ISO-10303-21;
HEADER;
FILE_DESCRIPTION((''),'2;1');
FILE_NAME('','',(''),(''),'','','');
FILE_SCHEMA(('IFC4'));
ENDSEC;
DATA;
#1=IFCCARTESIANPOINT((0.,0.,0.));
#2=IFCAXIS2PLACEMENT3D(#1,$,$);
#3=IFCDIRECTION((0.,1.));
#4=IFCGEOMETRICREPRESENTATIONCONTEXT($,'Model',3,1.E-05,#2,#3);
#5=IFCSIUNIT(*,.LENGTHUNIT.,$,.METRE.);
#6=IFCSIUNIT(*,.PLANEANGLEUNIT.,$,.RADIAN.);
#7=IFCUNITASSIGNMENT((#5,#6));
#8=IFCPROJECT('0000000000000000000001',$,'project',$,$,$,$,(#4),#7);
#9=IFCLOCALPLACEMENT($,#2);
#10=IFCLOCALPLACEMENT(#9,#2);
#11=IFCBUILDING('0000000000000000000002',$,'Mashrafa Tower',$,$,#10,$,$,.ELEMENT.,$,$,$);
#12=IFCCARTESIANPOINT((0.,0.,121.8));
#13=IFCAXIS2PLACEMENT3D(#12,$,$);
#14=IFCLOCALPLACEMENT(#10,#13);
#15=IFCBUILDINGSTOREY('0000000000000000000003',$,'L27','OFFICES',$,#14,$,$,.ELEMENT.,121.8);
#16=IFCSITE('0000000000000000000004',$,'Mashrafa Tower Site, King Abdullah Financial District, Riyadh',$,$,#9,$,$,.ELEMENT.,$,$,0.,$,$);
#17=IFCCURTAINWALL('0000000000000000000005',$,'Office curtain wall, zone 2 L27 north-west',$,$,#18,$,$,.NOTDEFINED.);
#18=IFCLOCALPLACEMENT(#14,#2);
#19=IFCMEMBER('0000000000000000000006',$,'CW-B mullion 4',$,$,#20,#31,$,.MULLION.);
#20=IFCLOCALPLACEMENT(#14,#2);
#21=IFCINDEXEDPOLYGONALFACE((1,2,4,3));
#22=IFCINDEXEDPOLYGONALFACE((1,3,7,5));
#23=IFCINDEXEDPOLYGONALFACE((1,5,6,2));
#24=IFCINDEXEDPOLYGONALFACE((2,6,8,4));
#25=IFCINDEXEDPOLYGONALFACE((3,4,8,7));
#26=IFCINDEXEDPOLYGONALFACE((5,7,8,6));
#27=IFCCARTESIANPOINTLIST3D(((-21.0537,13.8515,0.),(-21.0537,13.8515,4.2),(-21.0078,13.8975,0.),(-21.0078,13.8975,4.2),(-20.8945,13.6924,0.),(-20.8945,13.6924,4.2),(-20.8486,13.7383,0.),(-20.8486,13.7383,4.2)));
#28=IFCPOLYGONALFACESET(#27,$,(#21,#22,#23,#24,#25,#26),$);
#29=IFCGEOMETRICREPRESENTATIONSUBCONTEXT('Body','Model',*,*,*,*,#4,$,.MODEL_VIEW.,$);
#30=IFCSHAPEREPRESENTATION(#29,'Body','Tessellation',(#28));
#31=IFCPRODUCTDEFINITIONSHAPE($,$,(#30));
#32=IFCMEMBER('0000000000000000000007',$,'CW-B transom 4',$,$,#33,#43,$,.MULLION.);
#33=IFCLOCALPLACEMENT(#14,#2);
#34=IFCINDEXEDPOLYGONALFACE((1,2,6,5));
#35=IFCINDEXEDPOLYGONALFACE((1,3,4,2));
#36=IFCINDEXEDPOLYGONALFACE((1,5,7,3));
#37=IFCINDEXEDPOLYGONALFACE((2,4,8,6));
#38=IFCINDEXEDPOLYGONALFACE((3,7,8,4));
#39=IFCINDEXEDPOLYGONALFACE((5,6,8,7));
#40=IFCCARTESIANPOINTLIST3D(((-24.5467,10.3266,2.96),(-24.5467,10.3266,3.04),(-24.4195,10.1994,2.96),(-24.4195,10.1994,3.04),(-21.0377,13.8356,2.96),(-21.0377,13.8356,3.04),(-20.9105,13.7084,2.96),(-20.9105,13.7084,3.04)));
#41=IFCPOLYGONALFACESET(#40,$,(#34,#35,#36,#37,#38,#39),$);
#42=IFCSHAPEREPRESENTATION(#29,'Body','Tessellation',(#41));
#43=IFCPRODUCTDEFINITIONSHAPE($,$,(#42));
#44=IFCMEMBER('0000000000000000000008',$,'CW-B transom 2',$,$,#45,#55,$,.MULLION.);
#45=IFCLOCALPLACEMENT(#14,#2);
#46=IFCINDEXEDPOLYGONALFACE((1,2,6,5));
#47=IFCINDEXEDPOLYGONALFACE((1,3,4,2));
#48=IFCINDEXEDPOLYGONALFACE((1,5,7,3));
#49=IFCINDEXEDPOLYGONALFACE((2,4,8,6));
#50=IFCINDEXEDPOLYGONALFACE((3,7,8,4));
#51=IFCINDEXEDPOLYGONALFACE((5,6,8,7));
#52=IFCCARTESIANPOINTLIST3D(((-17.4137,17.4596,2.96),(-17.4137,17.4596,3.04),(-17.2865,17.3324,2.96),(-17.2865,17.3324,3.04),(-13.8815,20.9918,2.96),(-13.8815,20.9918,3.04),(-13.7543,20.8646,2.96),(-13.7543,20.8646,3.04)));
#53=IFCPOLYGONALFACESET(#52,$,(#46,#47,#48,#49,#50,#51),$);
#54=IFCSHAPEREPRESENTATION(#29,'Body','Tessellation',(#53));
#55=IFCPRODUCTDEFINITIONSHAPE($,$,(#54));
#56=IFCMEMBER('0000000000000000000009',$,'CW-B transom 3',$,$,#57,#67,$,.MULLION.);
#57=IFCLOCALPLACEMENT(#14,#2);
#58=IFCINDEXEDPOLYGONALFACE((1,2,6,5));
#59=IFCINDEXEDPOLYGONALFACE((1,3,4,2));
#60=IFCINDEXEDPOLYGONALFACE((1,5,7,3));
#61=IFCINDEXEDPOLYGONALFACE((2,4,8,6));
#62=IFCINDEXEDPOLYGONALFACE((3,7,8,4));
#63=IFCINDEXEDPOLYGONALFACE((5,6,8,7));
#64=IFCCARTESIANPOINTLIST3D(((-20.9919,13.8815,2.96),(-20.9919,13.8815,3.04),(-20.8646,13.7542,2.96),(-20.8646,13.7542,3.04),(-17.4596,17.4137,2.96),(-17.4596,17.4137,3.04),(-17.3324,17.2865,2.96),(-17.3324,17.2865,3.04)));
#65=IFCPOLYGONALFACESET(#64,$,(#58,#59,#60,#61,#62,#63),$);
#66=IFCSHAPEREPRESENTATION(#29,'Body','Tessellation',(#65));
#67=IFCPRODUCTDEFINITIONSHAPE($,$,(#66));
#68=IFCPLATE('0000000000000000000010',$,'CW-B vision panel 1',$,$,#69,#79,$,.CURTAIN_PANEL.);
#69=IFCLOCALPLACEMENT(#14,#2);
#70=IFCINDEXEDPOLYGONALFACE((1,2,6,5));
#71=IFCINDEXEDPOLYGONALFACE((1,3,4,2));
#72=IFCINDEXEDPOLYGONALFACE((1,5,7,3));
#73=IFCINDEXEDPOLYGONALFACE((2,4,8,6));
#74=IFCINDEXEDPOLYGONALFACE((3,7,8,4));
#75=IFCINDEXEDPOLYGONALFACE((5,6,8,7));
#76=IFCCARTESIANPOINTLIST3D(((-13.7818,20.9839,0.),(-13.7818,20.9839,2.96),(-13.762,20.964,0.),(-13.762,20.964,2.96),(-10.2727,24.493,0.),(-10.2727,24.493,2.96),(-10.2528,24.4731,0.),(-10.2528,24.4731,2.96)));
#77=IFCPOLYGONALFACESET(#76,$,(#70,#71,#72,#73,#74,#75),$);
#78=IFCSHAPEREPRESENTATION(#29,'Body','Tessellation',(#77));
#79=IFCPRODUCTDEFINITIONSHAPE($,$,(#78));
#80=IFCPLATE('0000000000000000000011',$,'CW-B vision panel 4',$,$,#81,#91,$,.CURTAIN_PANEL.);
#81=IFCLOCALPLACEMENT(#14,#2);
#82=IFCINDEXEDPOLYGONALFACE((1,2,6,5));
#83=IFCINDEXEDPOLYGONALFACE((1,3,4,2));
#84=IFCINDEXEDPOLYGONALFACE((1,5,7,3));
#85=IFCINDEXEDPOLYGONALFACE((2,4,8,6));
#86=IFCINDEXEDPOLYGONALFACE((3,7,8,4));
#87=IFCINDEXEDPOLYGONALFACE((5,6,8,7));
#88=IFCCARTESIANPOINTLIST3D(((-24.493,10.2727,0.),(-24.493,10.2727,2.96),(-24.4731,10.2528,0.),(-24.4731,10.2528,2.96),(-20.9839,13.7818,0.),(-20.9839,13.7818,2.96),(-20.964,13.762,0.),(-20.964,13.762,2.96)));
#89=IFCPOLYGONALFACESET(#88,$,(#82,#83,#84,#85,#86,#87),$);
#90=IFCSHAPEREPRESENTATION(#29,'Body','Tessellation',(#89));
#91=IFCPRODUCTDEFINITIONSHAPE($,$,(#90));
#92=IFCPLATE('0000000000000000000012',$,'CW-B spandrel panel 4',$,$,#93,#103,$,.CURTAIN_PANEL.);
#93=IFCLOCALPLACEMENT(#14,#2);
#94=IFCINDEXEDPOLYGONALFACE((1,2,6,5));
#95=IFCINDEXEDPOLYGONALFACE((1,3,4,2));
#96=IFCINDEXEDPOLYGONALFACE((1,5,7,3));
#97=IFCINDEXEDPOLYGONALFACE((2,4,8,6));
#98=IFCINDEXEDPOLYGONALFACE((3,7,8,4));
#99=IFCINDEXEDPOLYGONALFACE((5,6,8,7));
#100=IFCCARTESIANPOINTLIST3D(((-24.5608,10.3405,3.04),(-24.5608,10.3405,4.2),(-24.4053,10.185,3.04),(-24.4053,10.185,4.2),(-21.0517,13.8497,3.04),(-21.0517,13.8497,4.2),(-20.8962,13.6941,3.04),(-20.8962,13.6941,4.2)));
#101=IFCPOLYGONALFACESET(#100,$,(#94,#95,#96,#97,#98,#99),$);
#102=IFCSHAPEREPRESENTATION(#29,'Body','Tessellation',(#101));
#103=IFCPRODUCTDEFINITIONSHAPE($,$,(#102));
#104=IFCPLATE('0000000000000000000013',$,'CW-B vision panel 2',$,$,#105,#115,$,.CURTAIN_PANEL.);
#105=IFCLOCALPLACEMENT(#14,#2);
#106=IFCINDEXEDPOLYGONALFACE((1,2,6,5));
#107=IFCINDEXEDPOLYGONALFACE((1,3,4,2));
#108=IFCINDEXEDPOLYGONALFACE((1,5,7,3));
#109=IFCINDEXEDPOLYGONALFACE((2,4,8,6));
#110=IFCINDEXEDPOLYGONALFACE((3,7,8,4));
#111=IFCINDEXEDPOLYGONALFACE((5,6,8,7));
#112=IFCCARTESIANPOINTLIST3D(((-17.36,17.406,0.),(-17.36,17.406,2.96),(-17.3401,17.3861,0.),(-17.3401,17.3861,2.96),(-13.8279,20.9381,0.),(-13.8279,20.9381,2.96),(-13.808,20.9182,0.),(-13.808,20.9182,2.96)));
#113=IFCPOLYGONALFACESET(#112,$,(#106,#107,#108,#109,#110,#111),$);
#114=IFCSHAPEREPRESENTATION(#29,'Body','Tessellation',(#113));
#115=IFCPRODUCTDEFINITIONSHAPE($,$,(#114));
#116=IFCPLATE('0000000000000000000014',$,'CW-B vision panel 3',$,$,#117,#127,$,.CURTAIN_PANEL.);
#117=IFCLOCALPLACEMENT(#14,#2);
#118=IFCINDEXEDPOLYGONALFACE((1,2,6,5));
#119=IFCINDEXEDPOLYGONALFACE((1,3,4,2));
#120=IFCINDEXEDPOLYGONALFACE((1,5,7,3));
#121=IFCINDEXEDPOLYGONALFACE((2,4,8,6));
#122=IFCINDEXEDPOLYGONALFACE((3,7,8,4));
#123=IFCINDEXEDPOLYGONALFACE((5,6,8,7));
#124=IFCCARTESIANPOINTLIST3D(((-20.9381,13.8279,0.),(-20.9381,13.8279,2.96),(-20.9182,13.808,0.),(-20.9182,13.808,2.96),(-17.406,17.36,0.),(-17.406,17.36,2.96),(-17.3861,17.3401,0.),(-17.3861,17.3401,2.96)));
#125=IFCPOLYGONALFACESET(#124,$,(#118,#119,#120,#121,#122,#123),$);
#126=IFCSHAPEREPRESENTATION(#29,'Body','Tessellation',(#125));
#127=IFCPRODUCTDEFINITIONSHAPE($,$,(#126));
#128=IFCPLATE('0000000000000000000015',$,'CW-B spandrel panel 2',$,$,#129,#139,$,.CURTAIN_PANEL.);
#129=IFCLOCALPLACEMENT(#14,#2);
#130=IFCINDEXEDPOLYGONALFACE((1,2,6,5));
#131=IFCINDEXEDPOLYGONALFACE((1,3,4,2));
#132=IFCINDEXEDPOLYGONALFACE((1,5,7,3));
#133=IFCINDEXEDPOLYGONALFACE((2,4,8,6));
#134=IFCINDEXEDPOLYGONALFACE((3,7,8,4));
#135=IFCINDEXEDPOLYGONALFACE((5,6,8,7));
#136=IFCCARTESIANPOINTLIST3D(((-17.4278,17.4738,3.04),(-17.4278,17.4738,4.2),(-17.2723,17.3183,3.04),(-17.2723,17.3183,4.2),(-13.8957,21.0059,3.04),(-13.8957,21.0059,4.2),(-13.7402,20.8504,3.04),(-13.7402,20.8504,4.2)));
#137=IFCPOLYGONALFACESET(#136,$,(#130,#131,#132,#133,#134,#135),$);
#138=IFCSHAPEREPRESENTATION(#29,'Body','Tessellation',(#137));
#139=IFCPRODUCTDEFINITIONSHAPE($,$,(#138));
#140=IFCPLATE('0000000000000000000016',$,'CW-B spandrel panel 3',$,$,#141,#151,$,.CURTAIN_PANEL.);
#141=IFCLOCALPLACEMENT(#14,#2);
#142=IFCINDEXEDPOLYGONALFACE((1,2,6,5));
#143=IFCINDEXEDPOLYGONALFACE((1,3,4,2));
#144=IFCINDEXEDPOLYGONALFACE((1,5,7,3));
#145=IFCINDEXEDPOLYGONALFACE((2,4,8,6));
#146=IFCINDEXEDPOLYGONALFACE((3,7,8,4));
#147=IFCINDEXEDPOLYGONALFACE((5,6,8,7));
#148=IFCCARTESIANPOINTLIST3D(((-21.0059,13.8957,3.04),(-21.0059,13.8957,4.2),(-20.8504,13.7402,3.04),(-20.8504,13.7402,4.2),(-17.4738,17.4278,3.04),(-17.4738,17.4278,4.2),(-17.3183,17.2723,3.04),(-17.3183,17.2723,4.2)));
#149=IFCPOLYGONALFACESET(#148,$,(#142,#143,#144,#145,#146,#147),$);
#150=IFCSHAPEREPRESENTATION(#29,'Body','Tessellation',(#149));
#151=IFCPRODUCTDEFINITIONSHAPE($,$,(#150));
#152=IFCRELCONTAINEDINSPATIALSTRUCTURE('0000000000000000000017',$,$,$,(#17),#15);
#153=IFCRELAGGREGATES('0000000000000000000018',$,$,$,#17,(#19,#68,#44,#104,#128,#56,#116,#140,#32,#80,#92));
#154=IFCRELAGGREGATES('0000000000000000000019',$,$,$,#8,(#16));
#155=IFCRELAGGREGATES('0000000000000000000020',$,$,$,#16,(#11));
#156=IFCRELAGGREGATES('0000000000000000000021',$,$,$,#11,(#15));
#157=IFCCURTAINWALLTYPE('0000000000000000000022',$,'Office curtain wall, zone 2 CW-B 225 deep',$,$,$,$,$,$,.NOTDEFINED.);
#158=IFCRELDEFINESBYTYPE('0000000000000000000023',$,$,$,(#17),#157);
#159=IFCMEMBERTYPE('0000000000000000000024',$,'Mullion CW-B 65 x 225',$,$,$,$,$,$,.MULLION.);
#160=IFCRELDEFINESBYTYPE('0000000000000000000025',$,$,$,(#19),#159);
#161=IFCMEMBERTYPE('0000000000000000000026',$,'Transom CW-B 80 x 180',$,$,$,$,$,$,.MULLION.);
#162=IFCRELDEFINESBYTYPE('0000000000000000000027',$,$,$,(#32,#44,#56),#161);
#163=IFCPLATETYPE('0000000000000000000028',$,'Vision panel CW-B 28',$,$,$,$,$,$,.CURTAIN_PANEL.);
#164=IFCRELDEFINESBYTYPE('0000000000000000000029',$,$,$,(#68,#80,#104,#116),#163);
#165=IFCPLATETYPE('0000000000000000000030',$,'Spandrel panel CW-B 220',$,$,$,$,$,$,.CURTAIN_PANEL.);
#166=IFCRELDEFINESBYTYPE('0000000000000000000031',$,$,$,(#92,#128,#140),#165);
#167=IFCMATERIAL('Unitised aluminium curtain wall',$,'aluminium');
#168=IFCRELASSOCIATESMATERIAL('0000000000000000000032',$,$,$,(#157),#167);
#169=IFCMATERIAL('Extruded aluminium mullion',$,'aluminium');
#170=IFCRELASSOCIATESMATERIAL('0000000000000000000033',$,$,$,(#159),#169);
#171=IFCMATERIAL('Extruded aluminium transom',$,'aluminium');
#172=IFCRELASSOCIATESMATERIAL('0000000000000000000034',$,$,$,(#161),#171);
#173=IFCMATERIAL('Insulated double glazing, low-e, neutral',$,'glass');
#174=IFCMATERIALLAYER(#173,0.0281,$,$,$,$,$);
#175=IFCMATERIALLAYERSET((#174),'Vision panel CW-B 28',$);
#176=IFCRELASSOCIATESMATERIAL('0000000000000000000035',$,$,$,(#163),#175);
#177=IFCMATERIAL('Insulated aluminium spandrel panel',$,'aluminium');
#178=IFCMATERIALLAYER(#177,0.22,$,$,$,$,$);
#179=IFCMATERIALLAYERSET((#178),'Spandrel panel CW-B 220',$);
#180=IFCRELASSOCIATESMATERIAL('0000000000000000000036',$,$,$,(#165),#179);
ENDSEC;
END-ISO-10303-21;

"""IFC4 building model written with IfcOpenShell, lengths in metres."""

from ifc_helpers import new_model, si_unit, direction, frame, origin, origin_2d, place, context, subcontext, project, spatial, rectangle, extrude, source, transform, mapped, material, layer, layer_set, material_profile, profile_set, type_object, type_shapes, element, aggregate, save


model = new_model("IFC4")

# Units and contexts
model_context = context("Model", 3, precision=1e-05, world=origin(), true_north=direction((0.0, 1.0)))
body_context = subcontext(model_context, "Body", "Model", "MODEL_VIEW")
ifc_project = project(units=[si_unit("LENGTHUNIT", "METRE"), si_unit("PLANEANGLEUNIT", "RADIAN")], contexts=[model_context])

# Site, building, storey
site_placement = place(None, origin())
site = spatial("IfcSite", under=ifc_project, at=site_placement, Name="Mashrafa Tower Site, King Abdullah Financial District, Riyadh", CompositionType="ELEMENT", RefElevation=0.0)
building_placement = place(site_placement, origin())
building = spatial("IfcBuilding", under=site, at=building_placement, Name="Mashrafa Tower", CompositionType="ELEMENT")
storey_placement = place(building_placement, frame((0.0, 0.0, 121.8)))
storey = spatial("IfcBuildingStorey", under=building, at=storey_placement, Name="L27", Description="OFFICES", CompositionType="ELEMENT", Elevation=121.8)

# Curtain wall, members, plates
ifc_material_1 = material(Name="Unitised aluminium curtain wall", Category="aluminium")
curtain_wall_type = type_object("IfcCurtainWallType", Name="Office curtain wall, zone 2 CW-B 225 deep", PredefinedType="NOTDEFINED", material=ifc_material_1)
curtain_wall_placement = place(storey_placement, origin())
curtain_wall = element("IfcCurtainWall", 1, at=curtain_wall_placement, inside=storey, type_object=curtain_wall_type, Name="Office curtain wall, zone 2 L27 north-west", PredefinedType="NOTDEFINED")
ifc_material_2 = material(Name="Extruded aluminium mullion", Category="aluminium")
ifc_material_profile_1 = material_profile(ifc_material_2, rectangle(XDim=0.2251, YDim=0.0649, at=origin_2d()), Name="Mullion 65x225")
ifc_profile_set_1 = profile_set([ifc_material_profile_1], Name="Extruded aluminium mullion")
member_type_1 = type_object("IfcMemberType", Name="Mullion CW-B 65 x 225", PredefinedType="MULLION", material=ifc_profile_set_1)
shared_shape_1 = source(origin(), body_context, "Body", "SweptSolid", [
    extrude(rectangle(XDim=0.2251, YDim=0.0649, at=origin_2d()), origin(), (0.0, 0.0, 1.0), 4.2),
])
type_shapes(member_type_1, [shared_shape_1])
member_1_placement = place(storey_placement, frame((-20.9512, 13.7949, 0.0), z_axis=(0.0, 0.0, 1.0), x_axis=(0.707107, -0.707107, 0.0)))
member_1 = element("IfcMember", 2, at=member_1_placement, type_object=member_type_1, Name="CW-B mullion 4", PredefinedType="MULLION", context=body_context, shape_type="MappedRepresentation", body=[
    mapped(shared_shape_1, transform((0.0, 0.0, 0.0))),
])
ifc_material_3 = material(Name="Extruded aluminium transom", Category="aluminium")
ifc_material_profile_2 = material_profile(ifc_material_3, rectangle(XDim=0.1799, YDim=0.0801, at=origin_2d()), Name="Transom 80x180")
ifc_profile_set_2 = profile_set([ifc_material_profile_2], Name="Extruded aluminium transom")
member_type_2 = type_object("IfcMemberType", Name="Transom CW-B 80 x 180", PredefinedType="MULLION", material=ifc_profile_set_2)
shared_shape_2 = source(origin(), body_context, "Body", "SweptSolid", [
    extrude(rectangle(XDim=0.1799, YDim=0.0801, at=origin_2d()), origin(), (0.0, 0.0, 1.0), 4.9624),
])
member_2_placement = place(storey_placement, frame((-20.9741, 13.772, 3.0), z_axis=(-0.707107, -0.707107, 0.0), x_axis=(0.707107, -0.707107, 0.0)))
member_2 = element("IfcMember", 3, at=member_2_placement, type_object=member_type_2, Name="CW-B transom 4", PredefinedType="MULLION", context=body_context, shape_type="MappedRepresentation", body=[
    mapped(shared_shape_2, transform((0.0, 0.0, 0.0))),
])
shared_shape_3 = source(origin(), body_context, "Body", "SweptSolid", [
    extrude(rectangle(XDim=0.1799, YDim=0.0801, at=origin_2d()), origin(), (0.0, 0.0, 1.0), 4.9954),
])
type_shapes(member_type_2, [shared_shape_2, shared_shape_3])
member_3_placement = place(storey_placement, frame((-13.8179, 20.9282, 3.0), z_axis=(-0.707107, -0.707107, 0.0), x_axis=(0.707107, -0.707107, 0.0)))
member_3 = element("IfcMember", 4, at=member_3_placement, type_object=member_type_2, Name="CW-B transom 2", PredefinedType="MULLION", context=body_context, shape_type="MappedRepresentation", body=[
    mapped(shared_shape_3, transform((0.0, 0.0, 0.0))),
])
member_4_placement = place(storey_placement, frame((-17.396, 17.3501, 3.0), z_axis=(-0.707107, -0.707107, 0.0), x_axis=(0.707107, -0.707107, 0.0)))
member_4 = element("IfcMember", 5, at=member_4_placement, type_object=member_type_2, Name="CW-B transom 3", PredefinedType="MULLION", context=body_context, shape_type="MappedRepresentation", body=[
    mapped(shared_shape_3, transform((0.0, 0.0, 0.0))),
])
ifc_material_4 = material(Name="Insulated double glazing, low-e, neutral", Category="glass")
ifc_layer_1 = layer(ifc_material_4, 0.0281)
ifc_layer_set_1 = layer_set([ifc_layer_1], Name="Vision panel CW-B 28")
plate_type_1 = type_object("IfcPlateType", Name="Vision panel CW-B 28", PredefinedType="CURTAIN_PANEL", material=ifc_layer_set_1)
shared_shape_4 = source(origin(), body_context, "Body", "SweptSolid", [
    extrude(rectangle(XDim=4.9626, YDim=0.0281, at=origin_2d()), origin(), (0.0, 0.0, 1.0), 2.96),
])
plate_1_placement = place(storey_placement, frame((-12.0173, 22.7285, 0.0), z_axis=(0.0, 0.0, 1.0), x_axis=(-0.707107, -0.707107, 0.0)))
plate_1 = element("IfcPlate", 6, at=plate_1_placement, type_object=plate_type_1, Name="CW-B vision panel 1", PredefinedType="CURTAIN_PANEL", context=body_context, shape_type="MappedRepresentation", body=[
    mapped(shared_shape_4, transform((0.0, 0.0, 0.0))),
])
plate_2_placement = place(storey_placement, frame((-22.7285, 12.0173, 0.0), z_axis=(0.0, 0.0, 1.0), x_axis=(-0.707107, -0.707107, 0.0)))
plate_2 = element("IfcPlate", 7, at=plate_2_placement, type_object=plate_type_1, Name="CW-B vision panel 4", PredefinedType="CURTAIN_PANEL", context=body_context, shape_type="MappedRepresentation", body=[
    mapped(shared_shape_4, transform((0.0, 0.0, 0.0))),
])
ifc_material_5 = material(Name="Insulated aluminium spandrel panel", Category="aluminium")
ifc_layer_2 = layer(ifc_material_5, 0.22)
ifc_layer_set_2 = layer_set([ifc_layer_2], Name="Spandrel panel CW-B 220")
plate_type_2 = type_object("IfcPlateType", Name="Spandrel panel CW-B 220", PredefinedType="CURTAIN_PANEL", material=ifc_layer_set_2)
shared_shape_5 = source(origin(), body_context, "Body", "SweptSolid", [
    extrude(rectangle(XDim=4.9626, YDim=0.22, at=origin_2d()), origin(), (0.0, 0.0, 1.0), 1.1599),
])
plate_3_placement = place(storey_placement, frame((-22.7285, 12.0173, 3.04), z_axis=(0.0, 0.0, 1.0), x_axis=(-0.707107, -0.707107, 0.0)))
plate_3 = element("IfcPlate", 8, at=plate_3_placement, type_object=plate_type_2, Name="CW-B spandrel panel 4", PredefinedType="CURTAIN_PANEL", context=body_context, shape_type="MappedRepresentation", body=[
    mapped(shared_shape_5, transform((0.0, 0.0, 0.0))),
])
shared_shape_6 = source(origin(), body_context, "Body", "SweptSolid", [
    extrude(rectangle(XDim=4.9951, YDim=0.0281, at=origin_2d()), origin(), (0.0, 0.0, 1.0), 2.96),
])
type_shapes(plate_type_1, [shared_shape_4, shared_shape_6])
plate_4_placement = place(storey_placement, frame((-15.584, 19.1621, 0.0), z_axis=(0.0, 0.0, 1.0), x_axis=(-0.707107, -0.707107, 0.0)))
plate_4 = element("IfcPlate", 9, at=plate_4_placement, type_object=plate_type_1, Name="CW-B vision panel 2", PredefinedType="CURTAIN_PANEL", context=body_context, shape_type="MappedRepresentation", body=[
    mapped(shared_shape_6, transform((0.0, 0.0, 0.0))),
])
plate_5_placement = place(storey_placement, frame((-19.1621, 15.584, 0.0), z_axis=(0.0, 0.0, 1.0), x_axis=(-0.707107, -0.707107, 0.0)))
plate_5 = element("IfcPlate", 10, at=plate_5_placement, type_object=plate_type_1, Name="CW-B vision panel 3", PredefinedType="CURTAIN_PANEL", context=body_context, shape_type="MappedRepresentation", body=[
    mapped(shared_shape_6, transform((0.0, 0.0, 0.0))),
])
shared_shape_7 = source(origin(), body_context, "Body", "SweptSolid", [
    extrude(rectangle(XDim=4.9951, YDim=0.22, at=origin_2d()), origin(), (0.0, 0.0, 1.0), 1.1599),
])
type_shapes(plate_type_2, [shared_shape_5, shared_shape_7])
plate_6_placement = place(storey_placement, frame((-15.584, 19.1621, 3.04), z_axis=(0.0, 0.0, 1.0), x_axis=(-0.707107, -0.707107, 0.0)))
plate_6 = element("IfcPlate", 11, at=plate_6_placement, type_object=plate_type_2, Name="CW-B spandrel panel 2", PredefinedType="CURTAIN_PANEL", context=body_context, shape_type="MappedRepresentation", body=[
    mapped(shared_shape_7, transform((0.0, 0.0, 0.0))),
])
plate_7_placement = place(storey_placement, frame((-19.1621, 15.584, 3.04), z_axis=(0.0, 0.0, 1.0), x_axis=(-0.707107, -0.707107, 0.0)))
plate_7 = element("IfcPlate", 12, at=plate_7_placement, type_object=plate_type_2, Name="CW-B spandrel panel 3", PredefinedType="CURTAIN_PANEL", context=body_context, shape_type="MappedRepresentation", body=[
    mapped(shared_shape_7, transform((0.0, 0.0, 0.0))),
])
aggregate(curtain_wall, [member_1, plate_1, member_3, plate_4, plate_6, member_4, plate_5, plate_7, member_2, plate_2, plate_3])

save(model, "model.ifc")
